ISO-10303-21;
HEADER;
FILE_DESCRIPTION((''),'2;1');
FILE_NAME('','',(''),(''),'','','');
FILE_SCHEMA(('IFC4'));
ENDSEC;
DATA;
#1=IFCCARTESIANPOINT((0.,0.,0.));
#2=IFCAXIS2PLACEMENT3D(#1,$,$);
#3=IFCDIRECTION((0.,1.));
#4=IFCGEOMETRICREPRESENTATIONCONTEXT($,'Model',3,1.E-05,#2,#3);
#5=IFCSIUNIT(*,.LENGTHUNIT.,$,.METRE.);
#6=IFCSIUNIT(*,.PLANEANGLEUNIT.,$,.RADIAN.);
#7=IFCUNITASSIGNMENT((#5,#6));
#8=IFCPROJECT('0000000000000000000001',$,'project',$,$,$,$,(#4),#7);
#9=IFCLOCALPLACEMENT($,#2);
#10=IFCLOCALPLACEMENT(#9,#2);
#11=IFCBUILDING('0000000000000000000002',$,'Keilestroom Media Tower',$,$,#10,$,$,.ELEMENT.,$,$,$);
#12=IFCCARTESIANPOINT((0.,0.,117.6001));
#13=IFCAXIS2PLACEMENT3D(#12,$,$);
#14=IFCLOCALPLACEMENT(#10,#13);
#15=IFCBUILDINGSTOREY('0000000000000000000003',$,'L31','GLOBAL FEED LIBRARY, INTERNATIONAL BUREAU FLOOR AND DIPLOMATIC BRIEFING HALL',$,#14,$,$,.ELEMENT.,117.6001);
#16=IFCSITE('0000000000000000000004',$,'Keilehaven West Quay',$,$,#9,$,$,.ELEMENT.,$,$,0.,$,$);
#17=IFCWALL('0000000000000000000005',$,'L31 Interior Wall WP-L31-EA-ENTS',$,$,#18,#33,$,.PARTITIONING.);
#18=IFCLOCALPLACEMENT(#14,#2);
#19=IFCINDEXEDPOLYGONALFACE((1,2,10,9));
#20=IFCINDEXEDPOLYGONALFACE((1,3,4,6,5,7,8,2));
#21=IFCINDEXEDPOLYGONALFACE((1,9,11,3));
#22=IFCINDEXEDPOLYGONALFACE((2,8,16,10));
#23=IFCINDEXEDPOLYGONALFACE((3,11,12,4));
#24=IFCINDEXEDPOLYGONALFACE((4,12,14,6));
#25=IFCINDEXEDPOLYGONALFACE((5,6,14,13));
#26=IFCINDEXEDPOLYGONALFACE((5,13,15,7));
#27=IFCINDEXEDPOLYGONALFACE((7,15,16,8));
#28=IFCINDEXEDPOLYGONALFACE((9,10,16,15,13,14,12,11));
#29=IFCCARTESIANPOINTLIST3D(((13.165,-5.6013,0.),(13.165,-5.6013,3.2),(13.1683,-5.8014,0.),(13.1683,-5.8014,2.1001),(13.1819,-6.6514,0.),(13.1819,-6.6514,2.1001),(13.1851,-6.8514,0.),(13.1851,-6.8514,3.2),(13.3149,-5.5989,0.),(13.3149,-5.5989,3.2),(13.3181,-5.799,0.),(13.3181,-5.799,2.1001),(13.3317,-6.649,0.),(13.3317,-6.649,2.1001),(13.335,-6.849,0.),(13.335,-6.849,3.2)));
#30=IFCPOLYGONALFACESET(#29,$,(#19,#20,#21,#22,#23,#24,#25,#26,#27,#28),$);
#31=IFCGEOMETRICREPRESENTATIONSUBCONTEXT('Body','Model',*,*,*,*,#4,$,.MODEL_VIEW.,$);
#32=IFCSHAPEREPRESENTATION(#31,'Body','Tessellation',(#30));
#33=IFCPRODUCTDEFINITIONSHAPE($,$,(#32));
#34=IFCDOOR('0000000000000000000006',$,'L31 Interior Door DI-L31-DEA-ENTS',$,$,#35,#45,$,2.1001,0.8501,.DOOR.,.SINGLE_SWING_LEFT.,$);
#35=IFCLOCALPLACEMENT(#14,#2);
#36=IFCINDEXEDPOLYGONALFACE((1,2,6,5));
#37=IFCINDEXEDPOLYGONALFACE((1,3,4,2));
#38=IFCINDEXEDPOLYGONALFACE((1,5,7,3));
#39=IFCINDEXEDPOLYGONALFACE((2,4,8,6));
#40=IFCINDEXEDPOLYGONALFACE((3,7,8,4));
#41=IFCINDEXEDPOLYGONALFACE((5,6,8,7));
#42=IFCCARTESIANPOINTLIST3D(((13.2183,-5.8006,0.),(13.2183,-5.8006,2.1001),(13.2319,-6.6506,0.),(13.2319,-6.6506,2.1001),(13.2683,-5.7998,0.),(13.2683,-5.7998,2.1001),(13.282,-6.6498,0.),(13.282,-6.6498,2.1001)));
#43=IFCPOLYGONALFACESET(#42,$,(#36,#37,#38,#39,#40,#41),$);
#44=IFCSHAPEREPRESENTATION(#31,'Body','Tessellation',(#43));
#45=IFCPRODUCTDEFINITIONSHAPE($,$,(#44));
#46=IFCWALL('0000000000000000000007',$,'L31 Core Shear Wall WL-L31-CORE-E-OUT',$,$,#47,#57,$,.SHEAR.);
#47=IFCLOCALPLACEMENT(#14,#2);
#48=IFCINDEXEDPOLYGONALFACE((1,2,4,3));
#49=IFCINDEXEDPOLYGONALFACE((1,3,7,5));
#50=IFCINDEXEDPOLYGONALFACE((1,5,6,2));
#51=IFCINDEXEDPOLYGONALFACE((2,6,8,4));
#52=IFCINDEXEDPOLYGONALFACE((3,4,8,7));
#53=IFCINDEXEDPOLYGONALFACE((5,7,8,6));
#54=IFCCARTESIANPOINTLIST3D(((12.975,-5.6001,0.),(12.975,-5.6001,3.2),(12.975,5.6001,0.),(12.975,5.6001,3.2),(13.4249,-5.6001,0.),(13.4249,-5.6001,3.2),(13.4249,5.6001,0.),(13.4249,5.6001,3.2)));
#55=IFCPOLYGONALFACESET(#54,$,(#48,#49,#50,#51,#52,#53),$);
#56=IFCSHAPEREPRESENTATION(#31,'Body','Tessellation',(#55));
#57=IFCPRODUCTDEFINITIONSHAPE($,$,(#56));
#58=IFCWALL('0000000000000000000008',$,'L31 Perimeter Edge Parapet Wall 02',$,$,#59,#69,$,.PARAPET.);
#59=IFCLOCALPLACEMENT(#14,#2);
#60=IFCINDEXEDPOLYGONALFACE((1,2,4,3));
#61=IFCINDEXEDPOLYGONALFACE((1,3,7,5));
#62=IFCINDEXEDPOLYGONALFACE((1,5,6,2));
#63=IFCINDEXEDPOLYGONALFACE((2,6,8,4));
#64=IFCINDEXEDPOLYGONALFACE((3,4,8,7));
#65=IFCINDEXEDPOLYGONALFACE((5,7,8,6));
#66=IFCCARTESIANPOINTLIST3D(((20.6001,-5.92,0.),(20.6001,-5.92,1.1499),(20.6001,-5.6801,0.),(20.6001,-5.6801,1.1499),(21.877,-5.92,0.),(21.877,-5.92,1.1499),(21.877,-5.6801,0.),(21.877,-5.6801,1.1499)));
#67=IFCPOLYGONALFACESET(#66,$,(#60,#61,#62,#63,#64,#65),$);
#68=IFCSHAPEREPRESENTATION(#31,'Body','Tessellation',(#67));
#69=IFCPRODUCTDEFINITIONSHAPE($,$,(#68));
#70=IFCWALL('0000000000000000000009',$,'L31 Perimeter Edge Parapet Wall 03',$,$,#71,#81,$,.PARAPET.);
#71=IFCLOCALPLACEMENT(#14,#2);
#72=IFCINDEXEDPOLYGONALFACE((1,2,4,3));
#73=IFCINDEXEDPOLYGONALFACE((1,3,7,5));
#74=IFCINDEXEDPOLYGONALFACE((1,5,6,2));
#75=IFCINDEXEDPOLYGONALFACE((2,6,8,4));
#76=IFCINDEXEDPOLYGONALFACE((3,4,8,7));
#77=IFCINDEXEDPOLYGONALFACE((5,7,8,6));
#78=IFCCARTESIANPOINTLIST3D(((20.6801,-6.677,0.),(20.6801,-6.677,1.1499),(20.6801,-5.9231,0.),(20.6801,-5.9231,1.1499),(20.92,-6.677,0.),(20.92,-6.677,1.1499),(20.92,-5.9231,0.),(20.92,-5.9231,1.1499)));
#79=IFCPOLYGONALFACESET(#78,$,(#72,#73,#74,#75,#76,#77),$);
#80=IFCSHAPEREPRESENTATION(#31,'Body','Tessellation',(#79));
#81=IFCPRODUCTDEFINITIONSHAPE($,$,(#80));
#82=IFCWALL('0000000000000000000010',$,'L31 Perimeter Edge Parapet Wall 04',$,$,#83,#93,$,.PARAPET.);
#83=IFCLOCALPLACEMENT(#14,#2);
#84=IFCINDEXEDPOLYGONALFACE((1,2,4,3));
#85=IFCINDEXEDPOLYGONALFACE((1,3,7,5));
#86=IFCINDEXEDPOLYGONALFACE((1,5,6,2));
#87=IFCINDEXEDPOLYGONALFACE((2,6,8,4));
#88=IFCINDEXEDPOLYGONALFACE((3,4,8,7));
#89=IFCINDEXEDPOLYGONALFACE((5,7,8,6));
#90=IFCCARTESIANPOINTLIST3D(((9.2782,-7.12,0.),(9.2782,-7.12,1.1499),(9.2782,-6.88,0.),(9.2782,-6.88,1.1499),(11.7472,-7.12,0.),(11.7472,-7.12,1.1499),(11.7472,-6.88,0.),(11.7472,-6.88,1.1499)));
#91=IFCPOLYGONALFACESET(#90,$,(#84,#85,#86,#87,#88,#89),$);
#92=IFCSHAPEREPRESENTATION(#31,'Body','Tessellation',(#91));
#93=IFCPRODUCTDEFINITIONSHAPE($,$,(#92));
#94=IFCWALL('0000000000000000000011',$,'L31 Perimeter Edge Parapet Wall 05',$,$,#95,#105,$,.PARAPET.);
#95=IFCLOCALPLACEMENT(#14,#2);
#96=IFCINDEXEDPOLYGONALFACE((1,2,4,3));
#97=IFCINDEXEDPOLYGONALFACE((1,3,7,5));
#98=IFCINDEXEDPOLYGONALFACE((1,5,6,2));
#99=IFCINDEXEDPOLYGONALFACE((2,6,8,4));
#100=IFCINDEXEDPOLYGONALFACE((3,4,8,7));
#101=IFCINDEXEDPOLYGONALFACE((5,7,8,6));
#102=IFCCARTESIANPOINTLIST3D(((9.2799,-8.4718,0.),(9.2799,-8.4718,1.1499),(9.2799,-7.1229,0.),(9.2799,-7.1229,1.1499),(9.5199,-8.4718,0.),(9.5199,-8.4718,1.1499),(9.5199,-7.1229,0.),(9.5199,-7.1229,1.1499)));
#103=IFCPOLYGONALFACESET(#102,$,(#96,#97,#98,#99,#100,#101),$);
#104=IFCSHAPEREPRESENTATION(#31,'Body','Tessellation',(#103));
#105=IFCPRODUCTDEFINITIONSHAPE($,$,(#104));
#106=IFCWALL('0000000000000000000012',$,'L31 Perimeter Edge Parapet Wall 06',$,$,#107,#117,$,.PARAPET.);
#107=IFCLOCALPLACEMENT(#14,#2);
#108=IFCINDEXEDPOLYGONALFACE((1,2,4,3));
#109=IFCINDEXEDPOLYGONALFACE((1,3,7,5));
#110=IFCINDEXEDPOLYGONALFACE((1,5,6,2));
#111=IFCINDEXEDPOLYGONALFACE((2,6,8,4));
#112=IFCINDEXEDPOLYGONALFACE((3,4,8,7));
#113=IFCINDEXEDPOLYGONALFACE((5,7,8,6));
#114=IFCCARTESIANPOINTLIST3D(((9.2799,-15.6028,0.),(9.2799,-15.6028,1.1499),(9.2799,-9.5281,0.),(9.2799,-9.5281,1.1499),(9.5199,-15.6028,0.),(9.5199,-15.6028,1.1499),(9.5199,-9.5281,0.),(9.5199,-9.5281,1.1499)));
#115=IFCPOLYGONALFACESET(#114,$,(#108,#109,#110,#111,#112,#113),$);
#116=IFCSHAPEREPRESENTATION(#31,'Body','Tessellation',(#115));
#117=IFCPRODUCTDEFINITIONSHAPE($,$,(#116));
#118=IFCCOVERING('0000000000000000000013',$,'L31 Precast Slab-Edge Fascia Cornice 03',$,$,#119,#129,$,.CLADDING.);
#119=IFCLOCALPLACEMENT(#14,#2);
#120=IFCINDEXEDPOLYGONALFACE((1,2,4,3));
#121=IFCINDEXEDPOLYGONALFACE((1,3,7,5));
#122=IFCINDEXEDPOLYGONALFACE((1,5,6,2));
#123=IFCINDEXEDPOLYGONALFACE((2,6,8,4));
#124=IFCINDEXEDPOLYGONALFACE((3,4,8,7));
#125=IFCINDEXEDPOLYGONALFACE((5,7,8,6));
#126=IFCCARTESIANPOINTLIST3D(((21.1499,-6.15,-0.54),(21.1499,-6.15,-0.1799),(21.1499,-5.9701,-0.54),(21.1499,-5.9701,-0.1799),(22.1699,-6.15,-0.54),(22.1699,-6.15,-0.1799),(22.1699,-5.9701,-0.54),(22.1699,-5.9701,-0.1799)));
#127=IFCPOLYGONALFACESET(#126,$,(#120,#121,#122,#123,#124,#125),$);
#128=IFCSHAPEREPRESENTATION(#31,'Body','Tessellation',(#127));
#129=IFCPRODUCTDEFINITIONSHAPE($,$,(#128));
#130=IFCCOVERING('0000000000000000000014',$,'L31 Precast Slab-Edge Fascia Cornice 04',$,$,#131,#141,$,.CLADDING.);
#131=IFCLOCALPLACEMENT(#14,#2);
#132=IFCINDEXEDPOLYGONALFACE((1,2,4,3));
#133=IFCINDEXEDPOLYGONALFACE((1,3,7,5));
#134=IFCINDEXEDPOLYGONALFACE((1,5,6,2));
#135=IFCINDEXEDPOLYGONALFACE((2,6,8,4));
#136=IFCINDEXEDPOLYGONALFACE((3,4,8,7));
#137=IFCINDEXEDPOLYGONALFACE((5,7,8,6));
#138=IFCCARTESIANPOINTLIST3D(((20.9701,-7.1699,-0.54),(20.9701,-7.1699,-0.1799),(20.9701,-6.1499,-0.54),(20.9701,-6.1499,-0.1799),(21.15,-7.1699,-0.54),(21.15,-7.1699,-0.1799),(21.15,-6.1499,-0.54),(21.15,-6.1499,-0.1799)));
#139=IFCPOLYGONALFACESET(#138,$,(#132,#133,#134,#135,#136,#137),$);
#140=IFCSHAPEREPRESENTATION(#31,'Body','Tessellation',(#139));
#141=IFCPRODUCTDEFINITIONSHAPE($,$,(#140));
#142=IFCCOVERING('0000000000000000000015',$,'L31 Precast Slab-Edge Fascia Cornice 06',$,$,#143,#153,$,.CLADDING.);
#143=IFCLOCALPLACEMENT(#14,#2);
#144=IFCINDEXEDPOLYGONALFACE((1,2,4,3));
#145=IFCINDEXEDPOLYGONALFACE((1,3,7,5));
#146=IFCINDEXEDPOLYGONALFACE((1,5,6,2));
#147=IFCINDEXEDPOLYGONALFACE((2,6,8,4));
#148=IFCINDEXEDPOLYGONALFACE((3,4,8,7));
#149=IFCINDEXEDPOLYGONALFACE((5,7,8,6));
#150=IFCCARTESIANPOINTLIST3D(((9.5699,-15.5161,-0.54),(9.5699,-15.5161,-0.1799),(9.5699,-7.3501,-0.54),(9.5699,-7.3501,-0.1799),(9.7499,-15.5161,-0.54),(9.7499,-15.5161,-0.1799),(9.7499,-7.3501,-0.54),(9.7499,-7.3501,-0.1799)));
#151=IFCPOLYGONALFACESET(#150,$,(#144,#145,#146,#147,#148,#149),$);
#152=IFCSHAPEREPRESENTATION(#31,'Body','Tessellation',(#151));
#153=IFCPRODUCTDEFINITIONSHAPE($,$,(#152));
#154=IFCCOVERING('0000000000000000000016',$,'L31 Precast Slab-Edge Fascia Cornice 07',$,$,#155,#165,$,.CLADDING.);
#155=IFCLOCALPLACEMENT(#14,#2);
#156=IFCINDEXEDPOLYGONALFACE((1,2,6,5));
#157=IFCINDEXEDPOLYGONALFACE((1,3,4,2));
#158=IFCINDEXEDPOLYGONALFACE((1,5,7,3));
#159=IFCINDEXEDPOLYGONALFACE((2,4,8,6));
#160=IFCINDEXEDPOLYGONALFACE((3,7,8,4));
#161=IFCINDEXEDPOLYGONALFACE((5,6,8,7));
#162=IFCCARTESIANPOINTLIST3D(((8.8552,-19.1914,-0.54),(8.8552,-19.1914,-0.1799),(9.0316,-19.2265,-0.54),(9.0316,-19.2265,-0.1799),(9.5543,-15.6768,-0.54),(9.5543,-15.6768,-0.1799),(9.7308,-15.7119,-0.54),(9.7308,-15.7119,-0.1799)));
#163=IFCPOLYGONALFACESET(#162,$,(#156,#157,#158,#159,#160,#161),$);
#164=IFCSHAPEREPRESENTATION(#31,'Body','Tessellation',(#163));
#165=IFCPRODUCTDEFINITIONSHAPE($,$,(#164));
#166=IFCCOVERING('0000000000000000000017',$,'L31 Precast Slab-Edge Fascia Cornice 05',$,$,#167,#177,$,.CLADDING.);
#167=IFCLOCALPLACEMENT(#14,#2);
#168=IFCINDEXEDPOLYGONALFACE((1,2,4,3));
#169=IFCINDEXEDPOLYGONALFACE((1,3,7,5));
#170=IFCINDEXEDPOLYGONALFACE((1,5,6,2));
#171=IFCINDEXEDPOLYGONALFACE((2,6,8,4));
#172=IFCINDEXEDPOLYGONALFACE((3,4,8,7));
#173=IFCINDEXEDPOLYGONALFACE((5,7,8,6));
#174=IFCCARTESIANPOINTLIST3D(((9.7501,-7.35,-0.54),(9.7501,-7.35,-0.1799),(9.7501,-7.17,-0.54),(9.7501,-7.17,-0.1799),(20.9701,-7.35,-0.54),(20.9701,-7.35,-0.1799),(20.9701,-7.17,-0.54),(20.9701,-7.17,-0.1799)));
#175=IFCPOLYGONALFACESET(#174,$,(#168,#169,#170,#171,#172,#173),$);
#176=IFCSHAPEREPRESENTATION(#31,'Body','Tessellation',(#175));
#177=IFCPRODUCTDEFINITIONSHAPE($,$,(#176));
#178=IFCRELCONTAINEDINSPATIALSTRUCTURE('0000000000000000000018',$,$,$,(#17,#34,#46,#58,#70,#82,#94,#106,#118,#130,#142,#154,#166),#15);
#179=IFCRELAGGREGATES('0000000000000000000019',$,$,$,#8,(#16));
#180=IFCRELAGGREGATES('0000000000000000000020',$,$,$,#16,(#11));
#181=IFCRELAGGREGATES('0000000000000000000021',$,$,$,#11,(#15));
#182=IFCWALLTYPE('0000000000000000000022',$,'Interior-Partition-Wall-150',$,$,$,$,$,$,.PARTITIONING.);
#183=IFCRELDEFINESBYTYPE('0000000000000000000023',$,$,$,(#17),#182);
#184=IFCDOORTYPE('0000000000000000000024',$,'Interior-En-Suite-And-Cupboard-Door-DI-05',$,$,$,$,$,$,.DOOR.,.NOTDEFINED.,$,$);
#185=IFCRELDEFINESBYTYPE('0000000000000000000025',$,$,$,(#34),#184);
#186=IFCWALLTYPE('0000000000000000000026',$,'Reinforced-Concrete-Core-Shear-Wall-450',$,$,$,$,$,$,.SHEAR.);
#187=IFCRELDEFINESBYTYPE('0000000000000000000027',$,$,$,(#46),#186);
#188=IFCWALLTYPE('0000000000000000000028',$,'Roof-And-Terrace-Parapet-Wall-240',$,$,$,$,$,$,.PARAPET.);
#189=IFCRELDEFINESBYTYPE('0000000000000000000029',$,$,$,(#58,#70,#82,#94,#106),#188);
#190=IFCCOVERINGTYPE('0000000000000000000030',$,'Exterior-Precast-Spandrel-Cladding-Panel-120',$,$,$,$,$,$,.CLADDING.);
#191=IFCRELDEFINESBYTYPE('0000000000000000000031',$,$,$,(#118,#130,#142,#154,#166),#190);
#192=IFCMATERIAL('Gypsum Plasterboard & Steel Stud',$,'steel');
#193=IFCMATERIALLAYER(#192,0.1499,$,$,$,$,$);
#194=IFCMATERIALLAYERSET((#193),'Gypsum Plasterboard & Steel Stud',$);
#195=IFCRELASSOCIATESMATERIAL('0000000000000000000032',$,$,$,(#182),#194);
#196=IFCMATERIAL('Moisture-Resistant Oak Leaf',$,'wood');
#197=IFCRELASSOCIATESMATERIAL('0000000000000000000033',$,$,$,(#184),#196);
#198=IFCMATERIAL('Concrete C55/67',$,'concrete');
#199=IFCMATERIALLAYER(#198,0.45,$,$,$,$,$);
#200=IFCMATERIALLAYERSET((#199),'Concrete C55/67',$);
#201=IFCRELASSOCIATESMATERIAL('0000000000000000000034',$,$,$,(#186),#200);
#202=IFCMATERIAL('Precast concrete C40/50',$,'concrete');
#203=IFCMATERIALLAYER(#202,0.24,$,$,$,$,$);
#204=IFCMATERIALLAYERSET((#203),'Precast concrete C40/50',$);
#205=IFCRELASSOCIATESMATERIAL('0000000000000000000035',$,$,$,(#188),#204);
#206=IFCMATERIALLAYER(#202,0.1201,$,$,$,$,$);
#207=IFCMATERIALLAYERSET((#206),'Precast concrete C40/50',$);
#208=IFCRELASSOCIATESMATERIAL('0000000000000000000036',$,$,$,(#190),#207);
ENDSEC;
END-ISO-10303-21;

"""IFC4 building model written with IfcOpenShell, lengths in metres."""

from ifc_helpers import new_model, si_unit, direction, frame, frame_2d, origin, origin_2d, place, context, subcontext, project, spatial, rectangle, extrude, source, transform, mapped, material, layer, layer_set, type_object, element, fill, save


model = new_model("IFC4")

# Units and contexts
model_context = context("Model", 3, precision=1e-05, world=origin(), true_north=direction((0.0, 1.0)))
body_context = subcontext(model_context, "Body", "Model", "MODEL_VIEW")
ifc_project = project(units=[si_unit("LENGTHUNIT", "METRE"), si_unit("PLANEANGLEUNIT", "RADIAN")], contexts=[model_context])

# Site, building, storey
site_placement = place(None, origin())
site = spatial("IfcSite", under=ifc_project, at=site_placement, Name="Keilehaven West Quay", CompositionType="ELEMENT", RefElevation=0.0)
building_placement = place(site_placement, origin())
building = spatial("IfcBuilding", under=site, at=building_placement, Name="Keilestroom Media Tower", CompositionType="ELEMENT")
storey_placement = place(building_placement, frame((0.0, 0.0, 117.6001)))
storey = spatial("IfcBuildingStorey", under=building, at=storey_placement, Name="L31", Description="GLOBAL FEED LIBRARY, INTERNATIONAL BUREAU FLOOR AND DIPLOMATIC BRIEFING HALL", CompositionType="ELEMENT", Elevation=117.6001)

# Shared definitions
ifc_material_1 = material(Name="Precast concrete C40/50", Category="concrete")
ifc_material_2 = material(Name="Concrete C55/67", Category="concrete")

# Shared definitions
ifc_material_3 = material(Name="Gypsum Plasterboard & Steel Stud", Category="steel")
ifc_layer_1 = layer(ifc_material_3, 0.1499)
ifc_layer_set_1 = layer_set([ifc_layer_1], Name="Gypsum Plasterboard & Steel Stud")
wall_type_1 = type_object("IfcWallType", Name="Interior-Partition-Wall-150", PredefinedType="PARTITIONING", material=ifc_layer_set_1)

# Wall, opening, door
wall_1_placement = place(storey_placement, frame((13.26, -6.8501, 0.0), z_axis=(0.0, 0.0, 1.0), x_axis=(-0.016014, 0.999872, 0.0)))
wall_1 = element("IfcWall", 1, at=wall_1_placement, inside=storey, type_object=wall_type_1, Name="L31 Interior Wall WP-L31-EA-ENTS", PredefinedType="PARTITIONING", context=body_context, shape_type="SweptSolid", body=[
    extrude(rectangle(XDim=1.2502, YDim=0.1499, at=frame_2d((0.625, 0.0))), origin(), (0.0, 0.0, 1.0), 3.2),
])
opening_placement = place(wall_1_placement, frame((0.2, 0.0, 0.0)))
opening = element("IfcOpeningElement", 2, at=opening_placement, cuts=wall_1, PredefinedType="OPENING", context=body_context, shape_type="SweptSolid", body=[
    extrude(rectangle(XDim=0.8501, YDim=2.1001, at=frame_2d((0.425, 1.05))), frame((0.0, 0.085, 0.0), z_axis=(0.0, -1.0, 0.0), x_axis=(1.0, 0.0, 0.0)), (0.0, 0.0, 1.0), 0.1699),
])
ifc_material_4 = material(Name="Moisture-Resistant Oak Leaf", Category="wood")
door_type = type_object("IfcDoorType", Name="Interior-En-Suite-And-Cupboard-Door-DI-05", OperationType="NOTDEFINED", PredefinedType="DOOR", material=ifc_material_4)
shared_shape_1 = source(origin(), body_context, "Body", "SweptSolid", [
    extrude(rectangle(XDim=0.8501, YDim=2.1001, at=frame_2d((0.425, 1.05))), frame((0.0, 0.0249, 0.0), z_axis=(0.0, -1.0, 0.0), x_axis=(1.0, 0.0, 0.0)), (0.0, 0.0, 1.0), 0.05),
])
door_placement = place(opening_placement, origin())
door = element("IfcDoor", 3, at=door_placement, inside=storey, type_object=door_type, Name="L31 Interior Door DI-L31-DEA-ENTS", OperationType="SINGLE_SWING_LEFT", OverallHeight=2.1001, OverallWidth=0.8501, PredefinedType="DOOR", context=body_context, shape_type="MappedRepresentation", body=[
    mapped(shared_shape_1, transform((0.0, 0.0, 0.0), x_axis=(1.0, 0.0, 0.0), y_axis=(0.0, 1.0, 0.0), z_axis=(0.0, 0.0, 1.0), scale=1.0)),
])
fill(opening, door)

# Walls
ifc_layer_2 = layer(ifc_material_2, 0.45)
ifc_layer_set_2 = layer_set([ifc_layer_2], Name="Concrete C55/67")
wall_type_2 = type_object("IfcWallType", Name="Reinforced-Concrete-Core-Shear-Wall-450", PredefinedType="SHEAR", material=ifc_layer_set_2)
wall_2_placement = place(storey_placement, frame((13.2, -5.6001, 0.0), z_axis=(0.0, 0.0, 1.0), x_axis=(0.0, 1.0, 0.0)))
element("IfcWall", 4, at=wall_2_placement, inside=storey, type_object=wall_type_2, Name="L31 Core Shear Wall WL-L31-CORE-E-OUT", PredefinedType="SHEAR", context=body_context, shape_type="SweptSolid", body=[
    extrude(rectangle(XDim=11.2002, YDim=0.45, at=frame_2d((5.6001, 0.0))), origin(), (0.0, 0.0, 1.0), 3.2),
])
ifc_layer_3 = layer(ifc_material_1, 0.24)
ifc_layer_set_3 = layer_set([ifc_layer_3], Name="Precast concrete C40/50")
wall_type_3 = type_object("IfcWallType", Name="Roof-And-Terrace-Parapet-Wall-240", PredefinedType="PARAPET", material=ifc_layer_set_3)
wall_3_placement = place(storey_placement, frame((21.877, -5.8, 0.0), z_axis=(0.0, 0.0, 1.0), x_axis=(-1.0, 0.0, 0.0)))
element("IfcWall", 5, at=wall_3_placement, inside=storey, type_object=wall_type_3, Name="L31 Perimeter Edge Parapet Wall 02", PredefinedType="PARAPET", context=body_context, shape_type="SweptSolid", body=[
    extrude(rectangle(XDim=1.2769, YDim=0.24, at=frame_2d((0.6384, 0.0))), origin(), (0.0, 0.0, 1.0), 1.1499),
])
wall_4_placement = place(storey_placement, frame((20.8, -5.9231, 0.0), z_axis=(0.0, 0.0, 1.0), x_axis=(0.0, -1.0, 0.0)))
element("IfcWall", 6, at=wall_4_placement, inside=storey, type_object=wall_type_3, Name="L31 Perimeter Edge Parapet Wall 03", PredefinedType="PARAPET", context=body_context, shape_type="SweptSolid", body=[
    extrude(rectangle(XDim=0.7539, YDim=0.24, at=frame_2d((0.377, 0.0))), origin(), (0.0, 0.0, 1.0), 1.1499),
])
wall_5_placement = place(storey_placement, frame((11.7471, -7.0, 0.0), z_axis=(0.0, 0.0, 1.0), x_axis=(-1.0, 0.0, 0.0)))
element("IfcWall", 7, at=wall_5_placement, inside=storey, type_object=wall_type_3, Name="L31 Perimeter Edge Parapet Wall 04", PredefinedType="PARAPET", context=body_context, shape_type="SweptSolid", body=[
    extrude(rectangle(XDim=2.469, YDim=0.24, at=frame_2d((1.2344, 0.0))), origin(), (0.0, 0.0, 1.0), 1.1499),
])
wall_6_placement = place(storey_placement, frame((9.3999, -7.123, 0.0), z_axis=(0.0, 0.0, 1.0), x_axis=(0.0, -1.0, 0.0)))
element("IfcWall", 8, at=wall_6_placement, inside=storey, type_object=wall_type_3, Name="L31 Perimeter Edge Parapet Wall 05", PredefinedType="PARAPET", context=body_context, shape_type="SweptSolid", body=[
    extrude(rectangle(XDim=1.3489, YDim=0.24, at=frame_2d((0.6743, 0.0))), origin(), (0.0, 0.0, 1.0), 1.1499),
])
wall_7_placement = place(storey_placement, frame((9.3999, -9.5281, 0.0), z_axis=(0.0, 0.0, 1.0), x_axis=(0.0, -1.0, 0.0)))
element("IfcWall", 9, at=wall_7_placement, inside=storey, type_object=wall_type_3, Name="L31 Perimeter Edge Parapet Wall 06", PredefinedType="PARAPET", context=body_context, shape_type="SweptSolid", body=[
    extrude(rectangle(XDim=6.0747, YDim=0.24, at=frame_2d((3.0374, 0.0))), origin(), (0.0, 0.0, 1.0), 1.1499),
])

# Coverings
ifc_layer_4 = layer(ifc_material_1, 0.1201)
ifc_layer_set_4 = layer_set([ifc_layer_4], Name="Precast concrete C40/50")
covering_type = type_object("IfcCoveringType", Name="Exterior-Precast-Spandrel-Cladding-Panel-120", PredefinedType="CLADDING", material=ifc_layer_set_4)
shared_shape_2 = source(origin(), body_context, "Body", "SweptSolid", [
    extrude(rectangle(XDim=1.02, YDim=0.1799, at=origin_2d()), origin(), (0.0, 0.0, 1.0), 0.3601),
])
for number, where, z_axis, x_axis, name in (
    (10, (21.6599, -6.0601, -0.54), (0.0, 0.0, 1.0), (-1.0, 0.0, 0.0), "L31 Precast Slab-Edge Fascia Cornice 03"),
    (11, (21.0601, -6.6599, -0.54), (0.0, 0.0, 1.0), (0.0, -1.0, 0.0), "L31 Precast Slab-Edge Fascia Cornice 04"),
):
    element("IfcCovering", number, at=place(storey_placement, frame(where, z_axis=z_axis, x_axis=x_axis)), inside=storey, type_object=covering_type, Name=name, PredefinedType="CLADDING", context=body_context, shape_type="MappedRepresentation", body=[
        mapped(shared_shape_2, transform((0.0, 0.0, 0.0), x_axis=(1.0, 0.0, 0.0), y_axis=(0.0, 1.0, 0.0), z_axis=(0.0, 0.0, 1.0), scale=1.0)),
    ])
shared_shape_3 = source(origin(), body_context, "Body", "SweptSolid", [
    extrude(rectangle(XDim=8.166, YDim=0.1799, at=origin_2d()), origin(), (0.0, 0.0, 1.0), 0.3601),
])
covering_1_placement = place(storey_placement, frame((9.6599, -11.4331, -0.54), z_axis=(0.0, 0.0, 1.0), x_axis=(0.0, -1.0, 0.0)))
element("IfcCovering", 12, at=covering_1_placement, inside=storey, type_object=covering_type, Name="L31 Precast Slab-Edge Fascia Cornice 06", PredefinedType="CLADDING", context=body_context, shape_type="MappedRepresentation", body=[
    mapped(shared_shape_3, transform((0.0, 0.0, 0.0), x_axis=(1.0, 0.0, 0.0), y_axis=(0.0, 1.0, 0.0), z_axis=(0.0, 0.0, 1.0), scale=1.0)),
])
shared_shape_4 = source(origin(), body_context, "Body", "SweptSolid", [
    extrude(rectangle(XDim=3.5835, YDim=0.1799, at=origin_2d()), origin(), (0.0, 0.0, 1.0), 0.3601),
])
covering_2_placement = place(storey_placement, frame((9.293, -17.4517, -0.54), z_axis=(0.0, 0.0, 1.0), x_axis=(-0.195099, -0.980784, 0.0)))
element("IfcCovering", 13, at=covering_2_placement, inside=storey, type_object=covering_type, Name="L31 Precast Slab-Edge Fascia Cornice 07", PredefinedType="CLADDING", context=body_context, shape_type="MappedRepresentation", body=[
    mapped(shared_shape_4, transform((0.0, 0.0, 0.0), x_axis=(1.0, 0.0, 0.0), y_axis=(0.0, 1.0, 0.0), z_axis=(0.0, 0.0, 1.0), scale=1.0)),
])
shared_shape_5 = source(origin(), body_context, "Body", "SweptSolid", [
    extrude(rectangle(XDim=11.22, YDim=0.1799, at=origin_2d()), origin(), (0.0, 0.0, 1.0), 0.3601),
])
covering_3_placement = place(storey_placement, frame((15.3601, -7.26, -0.54), z_axis=(0.0, 0.0, 1.0), x_axis=(-1.0, 0.0, 0.0)))
element("IfcCovering", 14, at=covering_3_placement, inside=storey, type_object=covering_type, Name="L31 Precast Slab-Edge Fascia Cornice 05", PredefinedType="CLADDING", context=body_context, shape_type="MappedRepresentation", body=[
    mapped(shared_shape_5, transform((0.0, 0.0, 0.0), x_axis=(1.0, 0.0, 0.0), y_axis=(0.0, 1.0, 0.0), z_axis=(0.0, 0.0, 1.0), scale=1.0)),
])

save(model, "model.ifc")
